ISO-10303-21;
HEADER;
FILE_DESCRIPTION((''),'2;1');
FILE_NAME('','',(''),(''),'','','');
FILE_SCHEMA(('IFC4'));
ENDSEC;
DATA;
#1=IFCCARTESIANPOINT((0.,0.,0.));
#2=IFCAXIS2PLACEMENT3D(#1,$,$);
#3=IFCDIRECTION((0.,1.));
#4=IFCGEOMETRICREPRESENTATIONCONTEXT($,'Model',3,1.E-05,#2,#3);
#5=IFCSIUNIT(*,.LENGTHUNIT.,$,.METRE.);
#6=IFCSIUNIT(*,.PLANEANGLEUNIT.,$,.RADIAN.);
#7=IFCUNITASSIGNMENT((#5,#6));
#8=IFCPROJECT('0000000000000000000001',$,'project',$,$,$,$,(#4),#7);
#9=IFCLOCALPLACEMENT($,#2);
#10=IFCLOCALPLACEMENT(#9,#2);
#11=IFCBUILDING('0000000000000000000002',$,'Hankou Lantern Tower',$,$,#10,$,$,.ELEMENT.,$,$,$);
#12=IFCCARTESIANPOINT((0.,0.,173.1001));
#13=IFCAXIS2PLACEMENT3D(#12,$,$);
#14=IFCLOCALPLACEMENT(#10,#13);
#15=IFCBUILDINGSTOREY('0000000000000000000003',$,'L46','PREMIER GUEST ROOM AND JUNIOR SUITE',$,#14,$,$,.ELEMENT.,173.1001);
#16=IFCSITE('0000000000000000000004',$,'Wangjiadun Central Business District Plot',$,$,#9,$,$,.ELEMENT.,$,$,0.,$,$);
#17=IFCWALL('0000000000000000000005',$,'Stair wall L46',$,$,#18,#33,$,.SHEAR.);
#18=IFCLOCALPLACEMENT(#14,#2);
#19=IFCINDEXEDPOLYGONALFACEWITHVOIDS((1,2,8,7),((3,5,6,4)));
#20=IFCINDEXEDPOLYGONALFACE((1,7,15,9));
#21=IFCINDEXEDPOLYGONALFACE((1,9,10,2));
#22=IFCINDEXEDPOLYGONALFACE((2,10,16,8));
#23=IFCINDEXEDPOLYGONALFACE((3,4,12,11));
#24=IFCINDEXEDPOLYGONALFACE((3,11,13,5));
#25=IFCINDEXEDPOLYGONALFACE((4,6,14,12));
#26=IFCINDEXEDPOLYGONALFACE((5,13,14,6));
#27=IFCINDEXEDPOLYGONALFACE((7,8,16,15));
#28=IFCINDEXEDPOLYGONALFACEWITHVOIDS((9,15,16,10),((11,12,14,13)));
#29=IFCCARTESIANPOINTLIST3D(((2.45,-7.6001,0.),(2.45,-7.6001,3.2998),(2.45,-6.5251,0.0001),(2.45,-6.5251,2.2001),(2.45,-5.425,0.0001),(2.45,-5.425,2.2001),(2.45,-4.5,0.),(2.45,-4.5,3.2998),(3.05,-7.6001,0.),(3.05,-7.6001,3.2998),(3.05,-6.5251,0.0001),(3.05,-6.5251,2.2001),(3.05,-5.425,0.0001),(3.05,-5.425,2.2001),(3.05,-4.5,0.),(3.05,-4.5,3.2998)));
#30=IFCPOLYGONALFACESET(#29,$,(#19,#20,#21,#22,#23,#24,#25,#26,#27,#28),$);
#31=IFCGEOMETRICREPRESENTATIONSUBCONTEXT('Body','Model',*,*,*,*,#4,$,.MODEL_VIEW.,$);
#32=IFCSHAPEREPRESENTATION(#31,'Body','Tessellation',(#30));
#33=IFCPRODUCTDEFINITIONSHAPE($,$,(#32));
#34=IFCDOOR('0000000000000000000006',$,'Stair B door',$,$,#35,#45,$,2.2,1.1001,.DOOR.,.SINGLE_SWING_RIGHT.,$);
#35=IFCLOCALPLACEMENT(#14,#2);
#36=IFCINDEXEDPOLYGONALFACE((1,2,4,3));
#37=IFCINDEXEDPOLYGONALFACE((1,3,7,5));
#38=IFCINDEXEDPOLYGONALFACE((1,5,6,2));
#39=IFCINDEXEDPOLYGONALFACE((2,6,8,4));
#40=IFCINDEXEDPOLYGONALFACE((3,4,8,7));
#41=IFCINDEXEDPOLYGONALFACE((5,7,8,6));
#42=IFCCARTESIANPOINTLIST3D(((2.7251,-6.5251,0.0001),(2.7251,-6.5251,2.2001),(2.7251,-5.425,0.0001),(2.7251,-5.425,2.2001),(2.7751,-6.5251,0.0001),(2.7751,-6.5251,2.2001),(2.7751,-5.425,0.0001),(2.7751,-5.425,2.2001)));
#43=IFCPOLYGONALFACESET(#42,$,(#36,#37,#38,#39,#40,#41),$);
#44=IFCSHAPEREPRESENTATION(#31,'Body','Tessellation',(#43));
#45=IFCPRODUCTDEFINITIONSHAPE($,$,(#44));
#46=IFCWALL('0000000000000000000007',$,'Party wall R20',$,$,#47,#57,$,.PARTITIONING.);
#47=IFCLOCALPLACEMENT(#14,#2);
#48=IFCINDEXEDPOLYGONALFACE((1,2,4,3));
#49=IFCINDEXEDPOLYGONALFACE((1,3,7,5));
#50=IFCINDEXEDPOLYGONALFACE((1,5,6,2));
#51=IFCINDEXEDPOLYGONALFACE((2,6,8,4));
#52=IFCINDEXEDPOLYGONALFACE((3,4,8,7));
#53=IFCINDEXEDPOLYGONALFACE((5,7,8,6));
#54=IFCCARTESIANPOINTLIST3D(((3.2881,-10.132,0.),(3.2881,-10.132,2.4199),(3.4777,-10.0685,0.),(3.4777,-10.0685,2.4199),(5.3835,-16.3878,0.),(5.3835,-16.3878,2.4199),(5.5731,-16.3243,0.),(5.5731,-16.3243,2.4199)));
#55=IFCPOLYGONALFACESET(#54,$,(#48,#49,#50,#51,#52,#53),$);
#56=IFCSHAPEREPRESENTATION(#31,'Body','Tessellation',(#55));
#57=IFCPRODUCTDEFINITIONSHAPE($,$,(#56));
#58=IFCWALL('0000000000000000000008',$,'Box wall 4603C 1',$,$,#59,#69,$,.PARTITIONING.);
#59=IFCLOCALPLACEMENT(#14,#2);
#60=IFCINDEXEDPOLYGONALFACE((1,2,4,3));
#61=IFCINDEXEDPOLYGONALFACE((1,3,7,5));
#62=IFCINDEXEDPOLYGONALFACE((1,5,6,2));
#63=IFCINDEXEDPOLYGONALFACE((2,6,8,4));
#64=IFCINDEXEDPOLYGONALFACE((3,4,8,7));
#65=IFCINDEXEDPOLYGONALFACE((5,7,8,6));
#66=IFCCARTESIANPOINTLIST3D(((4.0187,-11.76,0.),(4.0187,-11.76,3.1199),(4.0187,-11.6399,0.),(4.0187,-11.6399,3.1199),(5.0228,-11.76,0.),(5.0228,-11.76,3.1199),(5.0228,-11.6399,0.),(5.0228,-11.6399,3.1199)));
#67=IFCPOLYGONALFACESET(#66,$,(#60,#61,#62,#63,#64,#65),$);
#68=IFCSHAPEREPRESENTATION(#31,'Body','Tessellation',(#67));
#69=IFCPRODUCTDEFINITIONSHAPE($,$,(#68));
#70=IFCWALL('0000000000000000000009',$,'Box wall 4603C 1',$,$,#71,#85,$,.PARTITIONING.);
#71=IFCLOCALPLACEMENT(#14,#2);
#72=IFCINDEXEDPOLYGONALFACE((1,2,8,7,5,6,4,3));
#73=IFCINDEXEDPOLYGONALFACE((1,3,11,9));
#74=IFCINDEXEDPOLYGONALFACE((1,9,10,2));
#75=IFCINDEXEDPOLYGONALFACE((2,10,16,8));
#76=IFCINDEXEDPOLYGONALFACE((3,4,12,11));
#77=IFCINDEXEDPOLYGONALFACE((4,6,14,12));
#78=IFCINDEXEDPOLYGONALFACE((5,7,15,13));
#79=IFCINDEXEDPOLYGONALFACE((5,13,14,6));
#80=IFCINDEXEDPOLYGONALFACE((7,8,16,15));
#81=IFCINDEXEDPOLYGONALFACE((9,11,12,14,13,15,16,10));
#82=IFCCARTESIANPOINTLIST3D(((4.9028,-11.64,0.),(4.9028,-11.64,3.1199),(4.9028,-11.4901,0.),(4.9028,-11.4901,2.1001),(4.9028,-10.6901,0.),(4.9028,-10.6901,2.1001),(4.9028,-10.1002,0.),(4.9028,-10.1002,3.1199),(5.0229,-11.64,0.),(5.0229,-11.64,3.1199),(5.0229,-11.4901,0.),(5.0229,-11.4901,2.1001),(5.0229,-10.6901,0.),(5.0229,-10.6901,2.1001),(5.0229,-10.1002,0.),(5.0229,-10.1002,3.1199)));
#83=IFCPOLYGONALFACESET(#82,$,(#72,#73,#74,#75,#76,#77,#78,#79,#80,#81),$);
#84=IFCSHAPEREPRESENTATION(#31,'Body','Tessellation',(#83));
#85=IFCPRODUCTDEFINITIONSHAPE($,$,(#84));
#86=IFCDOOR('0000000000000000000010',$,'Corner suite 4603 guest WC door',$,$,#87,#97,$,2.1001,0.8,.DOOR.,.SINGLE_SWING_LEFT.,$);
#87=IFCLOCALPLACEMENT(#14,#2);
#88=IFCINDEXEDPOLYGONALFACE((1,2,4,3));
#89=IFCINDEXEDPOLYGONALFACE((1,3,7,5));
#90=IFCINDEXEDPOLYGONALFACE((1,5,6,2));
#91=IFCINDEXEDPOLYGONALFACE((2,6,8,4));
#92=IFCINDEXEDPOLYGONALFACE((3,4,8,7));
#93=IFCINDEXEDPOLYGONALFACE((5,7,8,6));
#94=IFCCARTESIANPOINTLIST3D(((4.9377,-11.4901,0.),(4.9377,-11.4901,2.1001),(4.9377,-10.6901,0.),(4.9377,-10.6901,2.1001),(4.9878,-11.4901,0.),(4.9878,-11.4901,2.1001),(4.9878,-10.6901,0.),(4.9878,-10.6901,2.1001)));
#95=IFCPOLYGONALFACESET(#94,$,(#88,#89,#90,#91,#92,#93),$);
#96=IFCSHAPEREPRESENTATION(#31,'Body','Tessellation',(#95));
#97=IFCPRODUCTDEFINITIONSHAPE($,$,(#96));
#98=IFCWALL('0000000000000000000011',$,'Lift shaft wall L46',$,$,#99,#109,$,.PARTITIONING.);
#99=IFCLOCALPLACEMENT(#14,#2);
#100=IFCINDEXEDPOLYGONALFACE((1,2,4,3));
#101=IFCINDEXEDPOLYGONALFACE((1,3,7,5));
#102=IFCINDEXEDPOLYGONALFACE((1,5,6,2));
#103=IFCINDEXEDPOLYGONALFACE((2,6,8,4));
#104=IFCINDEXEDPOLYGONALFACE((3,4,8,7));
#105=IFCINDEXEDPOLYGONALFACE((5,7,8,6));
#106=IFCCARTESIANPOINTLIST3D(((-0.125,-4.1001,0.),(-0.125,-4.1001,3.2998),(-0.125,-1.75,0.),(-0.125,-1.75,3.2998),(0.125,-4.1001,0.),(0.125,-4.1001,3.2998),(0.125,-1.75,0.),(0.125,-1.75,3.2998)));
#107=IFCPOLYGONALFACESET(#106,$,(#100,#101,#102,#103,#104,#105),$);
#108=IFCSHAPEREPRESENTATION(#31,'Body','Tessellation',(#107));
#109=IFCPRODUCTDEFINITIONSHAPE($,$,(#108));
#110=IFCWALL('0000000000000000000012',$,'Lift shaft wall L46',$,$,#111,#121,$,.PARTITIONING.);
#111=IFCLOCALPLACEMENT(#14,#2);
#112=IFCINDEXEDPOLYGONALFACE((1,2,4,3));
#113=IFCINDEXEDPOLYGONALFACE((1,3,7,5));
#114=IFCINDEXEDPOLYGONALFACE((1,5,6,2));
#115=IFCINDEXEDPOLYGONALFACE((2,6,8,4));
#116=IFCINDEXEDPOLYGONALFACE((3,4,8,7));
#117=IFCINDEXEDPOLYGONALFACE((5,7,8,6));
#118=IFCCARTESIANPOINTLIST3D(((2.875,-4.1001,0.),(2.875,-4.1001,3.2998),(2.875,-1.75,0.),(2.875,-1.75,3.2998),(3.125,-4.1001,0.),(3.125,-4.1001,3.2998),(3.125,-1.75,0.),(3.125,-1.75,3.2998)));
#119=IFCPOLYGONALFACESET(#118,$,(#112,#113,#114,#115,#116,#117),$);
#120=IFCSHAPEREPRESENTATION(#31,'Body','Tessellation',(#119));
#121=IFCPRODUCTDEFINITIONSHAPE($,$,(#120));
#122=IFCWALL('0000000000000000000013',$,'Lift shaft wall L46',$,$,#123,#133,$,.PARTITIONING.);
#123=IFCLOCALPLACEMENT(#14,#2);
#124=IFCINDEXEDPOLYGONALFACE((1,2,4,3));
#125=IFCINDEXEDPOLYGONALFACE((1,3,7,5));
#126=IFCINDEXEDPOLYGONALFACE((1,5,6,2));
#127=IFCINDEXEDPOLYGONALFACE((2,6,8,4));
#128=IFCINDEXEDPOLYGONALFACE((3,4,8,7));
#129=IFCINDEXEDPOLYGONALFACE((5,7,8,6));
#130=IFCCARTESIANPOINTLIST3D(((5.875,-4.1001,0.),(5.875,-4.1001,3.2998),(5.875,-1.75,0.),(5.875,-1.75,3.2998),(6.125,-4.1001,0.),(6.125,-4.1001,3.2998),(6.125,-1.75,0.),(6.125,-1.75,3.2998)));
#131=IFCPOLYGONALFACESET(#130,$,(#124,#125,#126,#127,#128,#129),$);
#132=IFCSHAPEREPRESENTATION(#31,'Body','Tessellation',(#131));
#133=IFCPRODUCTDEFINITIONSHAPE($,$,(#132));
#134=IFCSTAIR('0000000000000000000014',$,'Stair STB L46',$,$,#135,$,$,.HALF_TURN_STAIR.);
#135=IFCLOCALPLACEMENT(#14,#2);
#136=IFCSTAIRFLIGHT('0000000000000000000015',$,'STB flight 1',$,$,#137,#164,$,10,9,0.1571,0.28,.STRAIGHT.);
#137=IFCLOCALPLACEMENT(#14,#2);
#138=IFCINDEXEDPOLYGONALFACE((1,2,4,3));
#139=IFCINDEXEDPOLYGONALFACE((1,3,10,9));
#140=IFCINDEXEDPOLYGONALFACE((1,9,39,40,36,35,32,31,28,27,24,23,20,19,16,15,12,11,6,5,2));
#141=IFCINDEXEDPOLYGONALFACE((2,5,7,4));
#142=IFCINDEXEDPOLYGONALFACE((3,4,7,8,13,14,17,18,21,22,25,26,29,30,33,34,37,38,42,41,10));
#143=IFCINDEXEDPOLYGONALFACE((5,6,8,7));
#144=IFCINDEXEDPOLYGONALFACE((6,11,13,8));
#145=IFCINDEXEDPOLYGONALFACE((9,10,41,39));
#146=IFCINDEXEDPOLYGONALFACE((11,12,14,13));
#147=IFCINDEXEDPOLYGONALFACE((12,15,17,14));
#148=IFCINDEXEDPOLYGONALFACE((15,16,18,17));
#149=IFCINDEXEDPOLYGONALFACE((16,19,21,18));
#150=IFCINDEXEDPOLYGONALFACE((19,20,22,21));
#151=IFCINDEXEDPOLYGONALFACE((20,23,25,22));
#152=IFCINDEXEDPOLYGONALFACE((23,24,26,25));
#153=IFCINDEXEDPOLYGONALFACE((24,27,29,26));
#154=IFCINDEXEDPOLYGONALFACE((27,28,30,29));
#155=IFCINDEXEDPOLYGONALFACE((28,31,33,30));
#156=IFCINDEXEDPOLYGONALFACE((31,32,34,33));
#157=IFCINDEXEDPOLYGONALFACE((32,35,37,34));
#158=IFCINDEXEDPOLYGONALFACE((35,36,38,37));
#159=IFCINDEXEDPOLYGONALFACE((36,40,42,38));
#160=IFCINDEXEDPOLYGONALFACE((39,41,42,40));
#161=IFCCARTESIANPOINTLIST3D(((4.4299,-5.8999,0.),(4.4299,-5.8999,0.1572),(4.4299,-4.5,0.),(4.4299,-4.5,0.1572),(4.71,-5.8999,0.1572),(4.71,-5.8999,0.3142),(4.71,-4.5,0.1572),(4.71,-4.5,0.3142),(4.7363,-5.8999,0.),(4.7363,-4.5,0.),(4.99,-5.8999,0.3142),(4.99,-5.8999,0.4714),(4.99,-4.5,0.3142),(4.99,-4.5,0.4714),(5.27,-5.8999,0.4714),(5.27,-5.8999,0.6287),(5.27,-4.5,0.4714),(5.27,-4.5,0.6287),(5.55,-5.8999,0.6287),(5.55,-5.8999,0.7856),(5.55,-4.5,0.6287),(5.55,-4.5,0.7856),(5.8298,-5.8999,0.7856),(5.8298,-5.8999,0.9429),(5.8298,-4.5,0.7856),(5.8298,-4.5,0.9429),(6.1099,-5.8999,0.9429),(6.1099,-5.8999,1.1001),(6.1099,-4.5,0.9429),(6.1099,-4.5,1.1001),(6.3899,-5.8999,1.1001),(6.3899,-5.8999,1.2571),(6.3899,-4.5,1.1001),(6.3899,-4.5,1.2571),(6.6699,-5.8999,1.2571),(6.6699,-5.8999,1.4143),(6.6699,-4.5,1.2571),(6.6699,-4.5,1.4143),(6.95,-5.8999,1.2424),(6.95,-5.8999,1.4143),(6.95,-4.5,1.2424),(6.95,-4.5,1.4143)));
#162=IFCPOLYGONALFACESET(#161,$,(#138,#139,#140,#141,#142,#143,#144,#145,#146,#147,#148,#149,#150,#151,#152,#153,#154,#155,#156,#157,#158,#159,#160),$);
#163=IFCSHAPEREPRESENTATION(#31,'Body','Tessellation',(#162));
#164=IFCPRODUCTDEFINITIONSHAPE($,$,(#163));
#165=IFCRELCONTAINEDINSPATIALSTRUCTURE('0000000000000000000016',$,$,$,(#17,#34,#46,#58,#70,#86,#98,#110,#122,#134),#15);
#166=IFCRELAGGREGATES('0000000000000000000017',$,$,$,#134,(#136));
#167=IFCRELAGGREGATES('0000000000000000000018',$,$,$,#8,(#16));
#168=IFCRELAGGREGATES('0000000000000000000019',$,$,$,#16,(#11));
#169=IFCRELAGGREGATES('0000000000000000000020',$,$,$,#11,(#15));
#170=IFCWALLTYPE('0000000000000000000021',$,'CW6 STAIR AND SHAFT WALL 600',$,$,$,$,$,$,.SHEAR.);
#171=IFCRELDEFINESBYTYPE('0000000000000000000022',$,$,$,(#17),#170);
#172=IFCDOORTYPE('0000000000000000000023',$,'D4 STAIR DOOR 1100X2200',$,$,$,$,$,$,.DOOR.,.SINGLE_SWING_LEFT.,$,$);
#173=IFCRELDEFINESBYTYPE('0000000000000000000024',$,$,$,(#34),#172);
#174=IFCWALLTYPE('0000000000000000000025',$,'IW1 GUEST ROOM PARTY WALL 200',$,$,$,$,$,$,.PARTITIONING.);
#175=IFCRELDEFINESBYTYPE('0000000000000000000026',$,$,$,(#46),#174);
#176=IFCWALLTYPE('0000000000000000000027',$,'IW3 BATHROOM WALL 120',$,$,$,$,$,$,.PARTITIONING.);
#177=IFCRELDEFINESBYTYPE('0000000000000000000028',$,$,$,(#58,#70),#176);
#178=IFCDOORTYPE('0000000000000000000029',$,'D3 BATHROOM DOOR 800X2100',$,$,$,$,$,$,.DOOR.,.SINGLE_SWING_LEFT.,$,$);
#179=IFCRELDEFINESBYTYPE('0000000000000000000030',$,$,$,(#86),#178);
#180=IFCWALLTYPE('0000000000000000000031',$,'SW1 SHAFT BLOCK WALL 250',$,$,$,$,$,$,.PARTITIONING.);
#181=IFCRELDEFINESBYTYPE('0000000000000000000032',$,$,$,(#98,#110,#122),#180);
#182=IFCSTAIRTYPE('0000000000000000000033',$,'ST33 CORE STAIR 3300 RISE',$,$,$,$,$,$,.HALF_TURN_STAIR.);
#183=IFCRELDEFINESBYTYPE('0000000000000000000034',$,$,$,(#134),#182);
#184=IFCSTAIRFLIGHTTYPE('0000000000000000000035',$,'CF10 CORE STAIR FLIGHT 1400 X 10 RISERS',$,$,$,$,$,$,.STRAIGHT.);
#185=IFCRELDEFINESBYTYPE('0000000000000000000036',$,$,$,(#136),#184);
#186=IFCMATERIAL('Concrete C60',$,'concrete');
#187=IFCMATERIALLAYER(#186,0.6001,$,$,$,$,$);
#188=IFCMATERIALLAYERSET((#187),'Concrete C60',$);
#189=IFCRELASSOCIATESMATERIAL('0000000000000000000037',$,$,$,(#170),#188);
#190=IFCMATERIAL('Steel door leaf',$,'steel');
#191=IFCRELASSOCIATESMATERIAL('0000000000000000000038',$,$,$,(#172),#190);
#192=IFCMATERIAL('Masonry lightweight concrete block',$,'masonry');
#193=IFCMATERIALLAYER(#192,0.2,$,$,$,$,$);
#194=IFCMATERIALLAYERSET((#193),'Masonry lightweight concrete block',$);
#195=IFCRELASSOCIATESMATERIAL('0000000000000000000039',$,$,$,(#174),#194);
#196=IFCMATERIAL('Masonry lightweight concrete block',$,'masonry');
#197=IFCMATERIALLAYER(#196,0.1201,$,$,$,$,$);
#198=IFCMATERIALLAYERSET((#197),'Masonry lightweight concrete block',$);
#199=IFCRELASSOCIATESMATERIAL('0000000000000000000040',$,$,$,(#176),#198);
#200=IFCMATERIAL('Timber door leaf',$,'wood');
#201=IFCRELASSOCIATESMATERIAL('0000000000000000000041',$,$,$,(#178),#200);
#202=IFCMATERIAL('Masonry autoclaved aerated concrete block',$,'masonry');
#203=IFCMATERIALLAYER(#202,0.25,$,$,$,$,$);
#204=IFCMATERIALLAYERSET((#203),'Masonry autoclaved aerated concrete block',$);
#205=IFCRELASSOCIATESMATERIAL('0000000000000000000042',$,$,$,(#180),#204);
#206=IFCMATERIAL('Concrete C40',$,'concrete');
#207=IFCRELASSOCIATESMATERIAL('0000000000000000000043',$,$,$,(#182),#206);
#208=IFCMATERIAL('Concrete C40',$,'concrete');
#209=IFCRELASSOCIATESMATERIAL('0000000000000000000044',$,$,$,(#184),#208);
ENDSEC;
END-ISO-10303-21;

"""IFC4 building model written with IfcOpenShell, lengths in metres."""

from ifc_helpers import new_model, si_unit, direction, frame, frame_2d, origin, place, context, subcontext, project, spatial, polyline, rectangle, outline, extrude, material, layer, layer_set, type_object, element, fill, aggregate, save


model = new_model("IFC4")

# Units and contexts
model_context = context("Model", 3, precision=1e-05, world=origin(), true_north=direction((0.0, 1.0)))
body_context = subcontext(model_context, "Body", "Model", "MODEL_VIEW")
ifc_project = project(units=[si_unit("LENGTHUNIT", "METRE"), si_unit("PLANEANGLEUNIT", "RADIAN")], contexts=[model_context])

# Site, building, storey
site_placement = place(None, origin())
site = spatial("IfcSite", under=ifc_project, at=site_placement, Name="Wangjiadun Central Business District Plot", CompositionType="ELEMENT", RefElevation=0.0)
building_placement = place(site_placement, origin())
building = spatial("IfcBuilding", under=site, at=building_placement, Name="Hankou Lantern Tower", CompositionType="ELEMENT")
storey_placement = place(building_placement, frame((0.0, 0.0, 173.1001)))
storey = spatial("IfcBuildingStorey", under=building, at=storey_placement, Name="L46", Description="PREMIER GUEST ROOM AND JUNIOR SUITE", CompositionType="ELEMENT", Elevation=173.1001)

# Wall, opening, door
ifc_material_1 = material(Name="Concrete C60", Category="concrete")
ifc_layer_1 = layer(ifc_material_1, 0.6001)
ifc_layer_set_1 = layer_set([ifc_layer_1], Name="Concrete C60")
wall_type_1 = type_object("IfcWallType", Name="CW6 STAIR AND SHAFT WALL 600", PredefinedType="SHEAR", material=ifc_layer_set_1)
wall_1_placement = place(storey_placement, frame((2.75, -7.6001, 0.0), z_axis=(0.0, 0.0, 1.0), x_axis=(0.0, 1.0, 0.0)))
wall_1 = element("IfcWall", 1, at=wall_1_placement, inside=storey, type_object=wall_type_1, Name="Stair wall L46", PredefinedType="SHEAR", context=body_context, shape_type="SweptSolid", body=[
    extrude(rectangle(XDim=3.1001, YDim=0.6001, at=frame_2d((1.55, 0.0))), origin(), (0.0, 0.0, 1.0), 3.2998),
])
opening_1_placement = place(wall_1_placement, frame((1.075, 0.0, 0.0)))
opening_1 = element("IfcOpeningElement", 2, at=opening_1_placement, cuts=wall_1, PredefinedType="OPENING", context=body_context, shape_type="SweptSolid", body=[
    extrude(rectangle(XDim=1.1001, YDim=2.2, at=frame_2d((0.55, 1.1001))), frame((0.0, 0.3101, 0.0), z_axis=(0.0, -1.0, 0.0), x_axis=(1.0, 0.0, 0.0)), (0.0, 0.0, 1.0), 0.6201),
])
ifc_material_2 = material(Name="Steel door leaf", Category="steel")
door_type_1 = type_object("IfcDoorType", Name="D4 STAIR DOOR 1100X2200", OperationType="SINGLE_SWING_LEFT", PredefinedType="DOOR", material=ifc_material_2)
door_1_placement = place(opening_1_placement, origin())
door_1 = element("IfcDoor", 3, at=door_1_placement, inside=storey, type_object=door_type_1, Name="Stair B door", OperationType="SINGLE_SWING_RIGHT", OverallHeight=2.2, OverallWidth=1.1001, PredefinedType="DOOR", context=body_context, shape_type="SweptSolid", body=[
    extrude(rectangle(XDim=1.1001, YDim=2.2, at=frame_2d((0.55, 1.1001))), frame((0.0, 0.0249, 0.0), z_axis=(0.0, -1.0, 0.0), x_axis=(1.0, 0.0, 0.0)), (0.0, 0.0, 1.0), 0.05),
])
fill(opening_1, door_1)

# Walls
ifc_material_3 = material(Name="Masonry lightweight concrete block", Category="masonry")
ifc_layer_2 = layer(ifc_material_3, 0.2)
ifc_layer_set_2 = layer_set([ifc_layer_2], Name="Masonry lightweight concrete block")
wall_type_2 = type_object("IfcWallType", Name="IW1 GUEST ROOM PARTY WALL 200", PredefinedType="PARTITIONING", material=ifc_layer_set_2)
wall_2_placement = place(storey_placement, frame((3.3828, -10.1001, 0.0), z_axis=(0.0, 0.0, 1.0), x_axis=(0.317615, -0.94822, 0.0)))
element("IfcWall", 4, at=wall_2_placement, inside=storey, type_object=wall_type_2, Name="Party wall R20", PredefinedType="PARTITIONING", context=body_context, shape_type="SweptSolid", body=[
    extrude(rectangle(XDim=6.5974, YDim=0.2, at=frame_2d((3.2988, 0.0))), origin(), (0.0, 0.0, 1.0), 2.4199),
])
ifc_material_4 = material(Name="Masonry lightweight concrete block", Category="masonry")
ifc_layer_3 = layer(ifc_material_4, 0.1201)
ifc_layer_set_3 = layer_set([ifc_layer_3], Name="Masonry lightweight concrete block")
wall_type_3 = type_object("IfcWallType", Name="IW3 BATHROOM WALL 120", PredefinedType="PARTITIONING", material=ifc_layer_set_3)
wall_3_placement = place(storey_placement, frame((4.0188, -11.7, 0.0), z_axis=(0.0, 0.0, 1.0), x_axis=(1.0, 0.0, 0.0)))
element("IfcWall", 5, at=wall_3_placement, inside=storey, type_object=wall_type_3, Name="Box wall 4603C 1", PredefinedType="PARTITIONING", context=body_context, shape_type="SweptSolid", body=[
    extrude(rectangle(XDim=1.0042, YDim=0.1201, at=frame_2d((0.502, 0.0))), origin(), (0.0, 0.0, 1.0), 3.1199),
])

# Wall, opening, door
wall_4_placement = place(storey_placement, frame((4.9629, -10.1001, 0.0), z_axis=(0.0, 0.0, 1.0), x_axis=(0.0, -1.0, 0.0)))
wall_4 = element("IfcWall", 6, at=wall_4_placement, inside=storey, type_object=wall_type_3, Name="Box wall 4603C 1", PredefinedType="PARTITIONING", context=body_context, shape_type="SweptSolid", body=[
    extrude(rectangle(XDim=1.5398, YDim=0.1201, at=frame_2d((0.77, 0.0))), origin(), (0.0, 0.0, 1.0), 3.1199),
])
opening_2_placement = place(wall_4_placement, frame((0.5901, 0.0, 0.0)))
opening_2 = element("IfcOpeningElement", 7, at=opening_2_placement, cuts=wall_4, PredefinedType="OPENING", context=body_context, shape_type="SweptSolid", body=[
    extrude(rectangle(XDim=0.8, YDim=2.1001, at=frame_2d((0.3999, 1.05))), frame((0.0, 0.0701, 0.0), z_axis=(0.0, -1.0, 0.0), x_axis=(1.0, 0.0, 0.0)), (0.0, 0.0, 1.0), 0.1401),
])
ifc_material_5 = material(Name="Timber door leaf", Category="wood")
door_type_2 = type_object("IfcDoorType", Name="D3 BATHROOM DOOR 800X2100", OperationType="SINGLE_SWING_LEFT", PredefinedType="DOOR", material=ifc_material_5)
door_2_placement = place(opening_2_placement, origin())
door_2 = element("IfcDoor", 8, at=door_2_placement, inside=storey, type_object=door_type_2, Name="Corner suite 4603 guest WC door", OperationType="SINGLE_SWING_LEFT", OverallHeight=2.1001, OverallWidth=0.8, PredefinedType="DOOR", context=body_context, shape_type="SweptSolid", body=[
    extrude(rectangle(XDim=0.8, YDim=2.1001, at=frame_2d((0.3999, 1.05))), frame((0.0, 0.0249, 0.0), z_axis=(0.0, -1.0, 0.0), x_axis=(1.0, 0.0, 0.0)), (0.0, 0.0, 1.0), 0.05),
])
fill(opening_2, door_2)

# Walls
ifc_material_6 = material(Name="Masonry autoclaved aerated concrete block", Category="masonry")
ifc_layer_4 = layer(ifc_material_6, 0.25)
ifc_layer_set_4 = layer_set([ifc_layer_4], Name="Masonry autoclaved aerated concrete block")
wall_type_4 = type_object("IfcWallType", Name="SW1 SHAFT BLOCK WALL 250", PredefinedType="PARTITIONING", material=ifc_layer_set_4)
for number, where, z_axis, x_axis, name in (
    (9, (0.0, -4.1001, 0.0), (0.0, 0.0, 1.0), (0.0, 1.0, 0.0), "Lift shaft wall L46"),
    (10, (3.0, -4.1001, 0.0), (0.0, 0.0, 1.0), (0.0, 1.0, 0.0), "Lift shaft wall L46"),
    (11, (6.0, -4.1001, 0.0), (0.0, 0.0, 1.0), (0.0, 1.0, 0.0), "Lift shaft wall L46"),
):
    element("IfcWall", number, at=place(storey_placement, frame(where, z_axis=z_axis, x_axis=x_axis)), inside=storey, type_object=wall_type_4, Name=name, PredefinedType="PARTITIONING", context=body_context, shape_type="SweptSolid", body=[
        extrude(rectangle(XDim=2.3501, YDim=0.25, at=frame_2d((1.175, 0.0))), origin(), (0.0, 0.0, 1.0), 3.2998),
    ])

# Stair, stair flight
ifc_material_7 = material(Name="Concrete C40", Category="concrete")
stair_type = type_object("IfcStairType", Name="ST33 CORE STAIR 3300 RISE", PredefinedType="HALF_TURN_STAIR", material=ifc_material_7)
stair_placement = place(storey_placement, origin())
stair = element("IfcStair", 12, at=stair_placement, inside=storey, type_object=stair_type, Name="Stair STB L46", PredefinedType="HALF_TURN_STAIR")
ifc_material_8 = material(Name="Concrete C40", Category="concrete")
stair_flight_type_1 = type_object("IfcStairFlightType", Name="CF10 CORE STAIR FLIGHT 1400 X 10 RISERS", PredefinedType="STRAIGHT", material=ifc_material_8)
stair_flight_1_placement = place(storey_placement, frame((4.4299, -5.2, 0.0), z_axis=(0.0, 0.0, 1.0), x_axis=(1.0, 0.0, 0.0)))
stair_flight_1 = element("IfcStairFlight", 13, at=stair_flight_1_placement, type_object=stair_flight_type_1, Name="STB flight 1", NumberOfRisers=10, NumberOfTreads=9, PredefinedType="STRAIGHT", RiserHeight=0.1571, TreadLength=0.28, context=body_context, shape_type="SweptSolid", body=[
    extrude(outline(polyline([(0.0, 0.0), (0.0, 0.1572), (0.28, 0.1572), (0.28, 0.3142), (0.5601, 0.3142), (0.5601, 0.4714), (0.8401, 0.4714), (0.8401, 0.6287), (1.1201, 0.6287), (1.1201, 0.7856), (1.3999, 0.7856), (1.3999, 0.9429), (1.6799, 0.9429), (1.6799, 1.1001), (1.96, 1.1001), (1.96, 1.2571), (2.24, 1.2571), (2.24, 1.4143), (2.52, 1.4143), (2.52, 1.5715), (2.52, 1.2424), (0.3064, 0.0), (0.0, 0.0)])), frame((0.0, 0.7, 0.0), z_axis=(0.0, -1.0, 0.0), x_axis=(1.0, 0.0, 0.0)), (0.0, 0.0, 1.0), 1.3999),
])
aggregate(stair, [stair_flight_1])

save(model, "model.ifc")
